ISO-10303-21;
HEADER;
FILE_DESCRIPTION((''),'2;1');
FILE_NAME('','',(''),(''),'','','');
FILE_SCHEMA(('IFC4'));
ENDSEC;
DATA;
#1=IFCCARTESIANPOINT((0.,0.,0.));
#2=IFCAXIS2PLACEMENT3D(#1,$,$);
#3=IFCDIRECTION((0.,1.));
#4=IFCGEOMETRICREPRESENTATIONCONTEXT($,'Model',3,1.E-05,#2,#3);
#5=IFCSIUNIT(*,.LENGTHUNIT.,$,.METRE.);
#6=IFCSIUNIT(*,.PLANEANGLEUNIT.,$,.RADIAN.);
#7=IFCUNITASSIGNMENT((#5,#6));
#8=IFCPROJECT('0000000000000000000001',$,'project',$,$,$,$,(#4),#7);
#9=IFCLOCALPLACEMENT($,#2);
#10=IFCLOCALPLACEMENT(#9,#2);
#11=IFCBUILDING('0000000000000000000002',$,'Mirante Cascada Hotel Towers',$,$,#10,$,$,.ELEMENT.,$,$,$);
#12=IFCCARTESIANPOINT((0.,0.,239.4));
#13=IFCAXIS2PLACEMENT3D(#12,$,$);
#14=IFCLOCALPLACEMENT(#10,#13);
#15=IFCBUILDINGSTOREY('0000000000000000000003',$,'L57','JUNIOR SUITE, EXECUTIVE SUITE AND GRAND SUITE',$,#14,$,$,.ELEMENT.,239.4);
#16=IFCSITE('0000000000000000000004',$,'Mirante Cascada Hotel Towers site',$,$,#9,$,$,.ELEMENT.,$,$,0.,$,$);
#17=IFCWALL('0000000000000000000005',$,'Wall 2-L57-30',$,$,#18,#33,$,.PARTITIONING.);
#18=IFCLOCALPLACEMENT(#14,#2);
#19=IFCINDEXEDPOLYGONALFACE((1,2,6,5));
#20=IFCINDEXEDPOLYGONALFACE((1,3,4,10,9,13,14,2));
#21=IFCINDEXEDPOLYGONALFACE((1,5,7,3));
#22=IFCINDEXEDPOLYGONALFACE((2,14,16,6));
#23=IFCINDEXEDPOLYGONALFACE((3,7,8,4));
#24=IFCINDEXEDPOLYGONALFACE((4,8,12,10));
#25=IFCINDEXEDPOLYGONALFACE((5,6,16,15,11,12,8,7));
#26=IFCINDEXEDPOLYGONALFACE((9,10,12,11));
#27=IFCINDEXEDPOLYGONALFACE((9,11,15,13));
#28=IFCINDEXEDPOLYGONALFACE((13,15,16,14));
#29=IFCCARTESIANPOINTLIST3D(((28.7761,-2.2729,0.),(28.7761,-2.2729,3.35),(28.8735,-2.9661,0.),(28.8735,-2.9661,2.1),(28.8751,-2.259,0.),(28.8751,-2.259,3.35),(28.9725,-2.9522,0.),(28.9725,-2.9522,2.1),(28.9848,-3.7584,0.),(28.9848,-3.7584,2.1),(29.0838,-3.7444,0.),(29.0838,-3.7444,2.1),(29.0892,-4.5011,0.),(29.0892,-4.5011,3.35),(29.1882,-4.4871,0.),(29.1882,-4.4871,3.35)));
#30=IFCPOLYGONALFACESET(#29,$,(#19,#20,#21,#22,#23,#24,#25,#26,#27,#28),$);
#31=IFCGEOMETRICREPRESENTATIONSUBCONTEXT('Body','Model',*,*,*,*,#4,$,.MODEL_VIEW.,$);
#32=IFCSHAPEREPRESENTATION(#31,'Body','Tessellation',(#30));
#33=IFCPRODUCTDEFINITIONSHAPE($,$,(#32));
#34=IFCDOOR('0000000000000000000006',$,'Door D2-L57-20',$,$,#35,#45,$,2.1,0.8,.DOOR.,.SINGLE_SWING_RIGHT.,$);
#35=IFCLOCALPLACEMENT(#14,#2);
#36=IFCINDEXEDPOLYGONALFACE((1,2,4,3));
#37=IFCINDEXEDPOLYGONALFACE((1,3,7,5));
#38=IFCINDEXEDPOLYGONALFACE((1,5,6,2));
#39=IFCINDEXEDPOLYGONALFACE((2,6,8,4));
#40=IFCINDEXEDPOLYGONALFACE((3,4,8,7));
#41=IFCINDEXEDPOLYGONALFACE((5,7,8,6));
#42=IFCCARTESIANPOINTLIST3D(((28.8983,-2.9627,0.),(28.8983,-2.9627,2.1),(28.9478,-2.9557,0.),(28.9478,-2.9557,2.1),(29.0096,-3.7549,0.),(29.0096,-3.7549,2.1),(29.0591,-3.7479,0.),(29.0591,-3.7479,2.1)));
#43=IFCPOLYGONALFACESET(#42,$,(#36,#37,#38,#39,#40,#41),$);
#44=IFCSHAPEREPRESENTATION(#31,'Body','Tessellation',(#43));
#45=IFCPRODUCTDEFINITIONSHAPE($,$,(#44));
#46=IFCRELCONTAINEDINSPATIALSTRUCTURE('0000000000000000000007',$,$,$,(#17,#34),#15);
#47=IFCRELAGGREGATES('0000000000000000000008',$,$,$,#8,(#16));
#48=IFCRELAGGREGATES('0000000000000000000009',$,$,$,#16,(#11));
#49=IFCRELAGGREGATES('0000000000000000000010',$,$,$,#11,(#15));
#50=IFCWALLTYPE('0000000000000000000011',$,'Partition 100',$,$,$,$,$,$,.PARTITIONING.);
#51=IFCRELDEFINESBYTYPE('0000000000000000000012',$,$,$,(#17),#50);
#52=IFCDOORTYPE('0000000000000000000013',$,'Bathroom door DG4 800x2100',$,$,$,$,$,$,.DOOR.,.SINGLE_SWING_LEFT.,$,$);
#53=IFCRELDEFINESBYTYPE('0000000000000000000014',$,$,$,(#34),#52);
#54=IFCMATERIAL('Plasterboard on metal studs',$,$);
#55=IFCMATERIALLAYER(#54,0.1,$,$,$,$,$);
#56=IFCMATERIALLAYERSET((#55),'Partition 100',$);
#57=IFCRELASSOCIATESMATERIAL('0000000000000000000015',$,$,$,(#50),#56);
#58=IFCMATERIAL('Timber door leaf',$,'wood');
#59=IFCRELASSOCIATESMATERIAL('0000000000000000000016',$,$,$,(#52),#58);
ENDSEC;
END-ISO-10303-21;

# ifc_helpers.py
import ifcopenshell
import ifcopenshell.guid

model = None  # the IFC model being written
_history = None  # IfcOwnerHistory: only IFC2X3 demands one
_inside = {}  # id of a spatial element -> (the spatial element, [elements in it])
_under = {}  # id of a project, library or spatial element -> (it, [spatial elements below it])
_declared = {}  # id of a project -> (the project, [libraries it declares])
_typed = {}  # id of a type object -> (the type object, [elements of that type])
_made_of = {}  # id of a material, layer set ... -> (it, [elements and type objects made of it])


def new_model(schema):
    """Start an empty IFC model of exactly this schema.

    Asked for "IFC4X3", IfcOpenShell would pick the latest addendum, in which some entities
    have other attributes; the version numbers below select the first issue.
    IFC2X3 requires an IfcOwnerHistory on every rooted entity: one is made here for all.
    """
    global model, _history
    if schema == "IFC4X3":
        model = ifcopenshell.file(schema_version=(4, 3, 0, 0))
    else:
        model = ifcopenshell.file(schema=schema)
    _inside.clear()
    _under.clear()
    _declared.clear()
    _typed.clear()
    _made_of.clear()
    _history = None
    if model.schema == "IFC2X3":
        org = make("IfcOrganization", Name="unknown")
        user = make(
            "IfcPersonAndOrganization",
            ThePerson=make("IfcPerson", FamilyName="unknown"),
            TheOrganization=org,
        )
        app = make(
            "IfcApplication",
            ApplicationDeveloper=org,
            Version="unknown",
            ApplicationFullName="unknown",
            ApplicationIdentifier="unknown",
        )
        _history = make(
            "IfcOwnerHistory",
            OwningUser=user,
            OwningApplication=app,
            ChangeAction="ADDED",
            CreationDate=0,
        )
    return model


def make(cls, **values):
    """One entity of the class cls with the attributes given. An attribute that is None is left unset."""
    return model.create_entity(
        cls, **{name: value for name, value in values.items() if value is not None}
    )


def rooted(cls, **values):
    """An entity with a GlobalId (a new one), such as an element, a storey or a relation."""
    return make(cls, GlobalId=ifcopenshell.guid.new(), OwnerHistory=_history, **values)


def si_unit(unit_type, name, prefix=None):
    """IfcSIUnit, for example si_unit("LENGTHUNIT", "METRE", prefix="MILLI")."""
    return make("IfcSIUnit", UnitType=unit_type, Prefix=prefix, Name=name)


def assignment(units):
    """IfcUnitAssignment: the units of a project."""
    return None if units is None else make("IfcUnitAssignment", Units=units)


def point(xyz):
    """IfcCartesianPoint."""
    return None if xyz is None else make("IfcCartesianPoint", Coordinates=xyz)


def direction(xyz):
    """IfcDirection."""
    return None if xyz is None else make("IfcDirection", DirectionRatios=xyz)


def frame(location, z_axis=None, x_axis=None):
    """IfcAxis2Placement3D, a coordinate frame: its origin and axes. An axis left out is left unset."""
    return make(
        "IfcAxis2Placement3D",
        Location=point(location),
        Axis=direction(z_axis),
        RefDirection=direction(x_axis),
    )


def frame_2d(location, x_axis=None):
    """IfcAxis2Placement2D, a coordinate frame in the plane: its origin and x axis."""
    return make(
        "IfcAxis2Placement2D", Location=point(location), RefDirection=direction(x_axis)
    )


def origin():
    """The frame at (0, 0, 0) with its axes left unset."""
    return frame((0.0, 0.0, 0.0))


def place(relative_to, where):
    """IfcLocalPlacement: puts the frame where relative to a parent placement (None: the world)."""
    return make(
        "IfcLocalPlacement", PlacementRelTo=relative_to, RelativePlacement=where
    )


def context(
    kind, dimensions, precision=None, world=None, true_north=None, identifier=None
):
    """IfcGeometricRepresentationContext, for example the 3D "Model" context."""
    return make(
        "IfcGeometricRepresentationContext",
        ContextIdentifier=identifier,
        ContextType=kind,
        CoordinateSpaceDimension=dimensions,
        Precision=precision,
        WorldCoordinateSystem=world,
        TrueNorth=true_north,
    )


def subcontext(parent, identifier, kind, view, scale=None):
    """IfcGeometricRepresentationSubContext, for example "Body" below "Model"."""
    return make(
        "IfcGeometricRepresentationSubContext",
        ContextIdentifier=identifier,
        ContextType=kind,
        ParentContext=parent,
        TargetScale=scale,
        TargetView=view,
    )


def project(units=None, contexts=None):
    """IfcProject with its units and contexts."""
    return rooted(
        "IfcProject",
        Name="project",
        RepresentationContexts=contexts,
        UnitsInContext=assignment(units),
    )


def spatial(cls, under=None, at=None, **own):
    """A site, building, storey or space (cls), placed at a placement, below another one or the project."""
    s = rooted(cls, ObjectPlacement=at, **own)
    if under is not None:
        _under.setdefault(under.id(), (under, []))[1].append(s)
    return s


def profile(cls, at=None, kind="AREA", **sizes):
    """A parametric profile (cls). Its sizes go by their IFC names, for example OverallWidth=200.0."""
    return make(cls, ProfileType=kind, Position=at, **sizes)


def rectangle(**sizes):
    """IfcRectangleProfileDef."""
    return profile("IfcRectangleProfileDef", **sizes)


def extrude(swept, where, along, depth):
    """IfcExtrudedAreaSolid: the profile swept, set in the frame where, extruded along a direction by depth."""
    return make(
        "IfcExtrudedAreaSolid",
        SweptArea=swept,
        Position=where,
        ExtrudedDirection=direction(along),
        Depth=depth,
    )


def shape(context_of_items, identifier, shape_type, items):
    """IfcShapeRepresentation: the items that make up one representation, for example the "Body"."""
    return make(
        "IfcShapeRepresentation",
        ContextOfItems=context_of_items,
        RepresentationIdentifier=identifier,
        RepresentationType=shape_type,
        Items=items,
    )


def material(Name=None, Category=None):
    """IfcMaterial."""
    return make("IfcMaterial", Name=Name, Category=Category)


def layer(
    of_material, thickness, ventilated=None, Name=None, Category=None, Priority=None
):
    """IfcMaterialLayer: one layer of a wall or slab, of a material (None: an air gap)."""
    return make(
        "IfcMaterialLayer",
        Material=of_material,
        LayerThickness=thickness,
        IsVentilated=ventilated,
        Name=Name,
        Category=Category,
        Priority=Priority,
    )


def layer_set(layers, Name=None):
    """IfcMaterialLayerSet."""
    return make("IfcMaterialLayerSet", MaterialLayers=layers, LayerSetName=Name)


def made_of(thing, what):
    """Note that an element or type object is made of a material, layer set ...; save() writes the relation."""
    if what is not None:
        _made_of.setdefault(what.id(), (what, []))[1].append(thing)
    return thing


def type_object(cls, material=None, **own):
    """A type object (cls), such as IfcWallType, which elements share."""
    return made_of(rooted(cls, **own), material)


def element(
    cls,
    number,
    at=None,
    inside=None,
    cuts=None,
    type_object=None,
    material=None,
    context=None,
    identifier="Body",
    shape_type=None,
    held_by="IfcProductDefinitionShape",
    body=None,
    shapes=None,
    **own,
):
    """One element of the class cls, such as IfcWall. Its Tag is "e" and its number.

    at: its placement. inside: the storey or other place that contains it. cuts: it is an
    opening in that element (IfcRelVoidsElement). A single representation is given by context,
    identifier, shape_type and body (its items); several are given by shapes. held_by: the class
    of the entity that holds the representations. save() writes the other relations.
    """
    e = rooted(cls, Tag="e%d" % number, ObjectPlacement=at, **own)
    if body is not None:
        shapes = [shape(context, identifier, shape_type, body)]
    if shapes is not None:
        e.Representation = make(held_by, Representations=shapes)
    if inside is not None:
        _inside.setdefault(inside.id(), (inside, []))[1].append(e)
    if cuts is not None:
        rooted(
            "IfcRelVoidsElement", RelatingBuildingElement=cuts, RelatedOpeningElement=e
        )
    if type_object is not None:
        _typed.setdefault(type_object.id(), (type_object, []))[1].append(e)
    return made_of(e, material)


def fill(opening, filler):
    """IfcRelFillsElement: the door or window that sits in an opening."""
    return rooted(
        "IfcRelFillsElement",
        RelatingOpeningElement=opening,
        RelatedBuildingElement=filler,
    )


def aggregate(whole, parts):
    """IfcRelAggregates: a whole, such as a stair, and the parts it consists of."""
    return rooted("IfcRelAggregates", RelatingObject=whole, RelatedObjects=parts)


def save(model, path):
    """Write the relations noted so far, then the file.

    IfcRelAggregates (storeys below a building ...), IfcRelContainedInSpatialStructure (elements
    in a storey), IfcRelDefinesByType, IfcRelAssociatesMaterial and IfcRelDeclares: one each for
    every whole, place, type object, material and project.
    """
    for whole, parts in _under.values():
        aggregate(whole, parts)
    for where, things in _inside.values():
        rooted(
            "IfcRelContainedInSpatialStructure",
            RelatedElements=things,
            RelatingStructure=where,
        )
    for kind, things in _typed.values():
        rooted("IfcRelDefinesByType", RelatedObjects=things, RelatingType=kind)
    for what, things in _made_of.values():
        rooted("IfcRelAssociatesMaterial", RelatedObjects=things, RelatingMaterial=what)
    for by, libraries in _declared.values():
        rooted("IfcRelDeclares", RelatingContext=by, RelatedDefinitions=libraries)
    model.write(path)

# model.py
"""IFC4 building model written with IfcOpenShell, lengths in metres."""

from ifc_helpers import new_model, si_unit, direction, frame, frame_2d, origin, place, context, subcontext, project, spatial, rectangle, extrude, material, layer, layer_set, type_object, element, fill, save


model = new_model("IFC4")

# Units and contexts
model_context = context("Model", 3, precision=1e-05, world=origin(), true_north=direction((0.0, 1.0)))
body_context = subcontext(model_context, "Body", "Model", "MODEL_VIEW")
ifc_project = project(units=[si_unit("LENGTHUNIT", "METRE"), si_unit("PLANEANGLEUNIT", "RADIAN")], contexts=[model_context])

# Site, building, storey
site_placement = place(None, origin())
site = spatial("IfcSite", under=ifc_project, at=site_placement, Name="Mirante Cascada Hotel Towers site", CompositionType="ELEMENT", RefElevation=0.0)
building_placement = place(site_placement, origin())
building = spatial("IfcBuilding", under=site, at=building_placement, Name="Mirante Cascada Hotel Towers", CompositionType="ELEMENT")
storey_placement = place(building_placement, frame((0.0, 0.0, 239.4)))
storey = spatial("IfcBuildingStorey", under=building, at=storey_placement, Name="L57", Description="JUNIOR SUITE, EXECUTIVE SUITE AND GRAND SUITE", CompositionType="ELEMENT", Elevation=239.4)

# Shared definitions
ifc_material_1 = material(Name="Plasterboard on metal studs")
ifc_layer_1 = layer(ifc_material_1, 0.1)
ifc_layer_set_1 = layer_set([ifc_layer_1], Name="Partition 100")
wall_type_1 = type_object("IfcWallType", Name="Partition 100", PredefinedType="PARTITIONING", material=ifc_layer_set_1)

# Wall, opening, door
wall_1_placement = place(storey_placement, frame((29.1387, -4.4941, 0.0), z_axis=(0.0, 0.0, 1.0), x_axis=(-0.139156, 0.990271, 0.0)))
wall_1 = element("IfcWall", 1, at=wall_1_placement, inside=storey, type_object=wall_type_1, Name="Wall 2-L57-30", PredefinedType="PARTITIONING", context=body_context, shape_type="SweptSolid", body=[
    extrude(rectangle(XDim=2.25, YDim=0.1, at=frame_2d((1.125, 0.0))), origin(), (0.0, 0.0, 1.0), 3.35),
])
opening_1_placement = place(wall_1_placement, frame((0.75, 0.0, 0.0)))
opening_1 = element("IfcOpeningElement", 2, at=opening_1_placement, cuts=wall_1, PredefinedType="OPENING", context=body_context, shape_type="SweptSolid", body=[
    extrude(rectangle(XDim=0.8, YDim=2.1, at=frame_2d((0.4, 1.05))), frame((0.0, 0.05, 0.0), z_axis=(0.0, -1.0, 0.0), x_axis=(1.0, 0.0, 0.0)), (0.0, 0.0, 1.0), 0.1),
])
ifc_material_2 = material(Name="Timber door leaf", Category="wood")
door_type_1 = type_object("IfcDoorType", Name="Bathroom door DG4 800x2100", OperationType="SINGLE_SWING_LEFT", PredefinedType="DOOR", material=ifc_material_2)
door_1_placement = place(opening_1_placement, frame((0.8, 0.0, 0.0), z_axis=(0.0, 0.0, 1.0), x_axis=(-1.0, 0.0, 0.0)))
door_1 = element("IfcDoor", 3, at=door_1_placement, inside=storey, type_object=door_type_1, Name="Door D2-L57-20", OperationType="SINGLE_SWING_RIGHT", OverallHeight=2.1, OverallWidth=0.8, PredefinedType="DOOR", context=body_context, shape_type="SweptSolid", body=[
    extrude(rectangle(XDim=0.8, YDim=2.1, at=frame_2d((0.4, 1.05))), frame((0.0, 0.025, 0.0), z_axis=(0.0, -1.0, 0.0), x_axis=(1.0, 0.0, 0.0)), (0.0, 0.0, 1.0), 0.05),
])
fill(opening_1, door_1)

save(model, "model.ifc")
